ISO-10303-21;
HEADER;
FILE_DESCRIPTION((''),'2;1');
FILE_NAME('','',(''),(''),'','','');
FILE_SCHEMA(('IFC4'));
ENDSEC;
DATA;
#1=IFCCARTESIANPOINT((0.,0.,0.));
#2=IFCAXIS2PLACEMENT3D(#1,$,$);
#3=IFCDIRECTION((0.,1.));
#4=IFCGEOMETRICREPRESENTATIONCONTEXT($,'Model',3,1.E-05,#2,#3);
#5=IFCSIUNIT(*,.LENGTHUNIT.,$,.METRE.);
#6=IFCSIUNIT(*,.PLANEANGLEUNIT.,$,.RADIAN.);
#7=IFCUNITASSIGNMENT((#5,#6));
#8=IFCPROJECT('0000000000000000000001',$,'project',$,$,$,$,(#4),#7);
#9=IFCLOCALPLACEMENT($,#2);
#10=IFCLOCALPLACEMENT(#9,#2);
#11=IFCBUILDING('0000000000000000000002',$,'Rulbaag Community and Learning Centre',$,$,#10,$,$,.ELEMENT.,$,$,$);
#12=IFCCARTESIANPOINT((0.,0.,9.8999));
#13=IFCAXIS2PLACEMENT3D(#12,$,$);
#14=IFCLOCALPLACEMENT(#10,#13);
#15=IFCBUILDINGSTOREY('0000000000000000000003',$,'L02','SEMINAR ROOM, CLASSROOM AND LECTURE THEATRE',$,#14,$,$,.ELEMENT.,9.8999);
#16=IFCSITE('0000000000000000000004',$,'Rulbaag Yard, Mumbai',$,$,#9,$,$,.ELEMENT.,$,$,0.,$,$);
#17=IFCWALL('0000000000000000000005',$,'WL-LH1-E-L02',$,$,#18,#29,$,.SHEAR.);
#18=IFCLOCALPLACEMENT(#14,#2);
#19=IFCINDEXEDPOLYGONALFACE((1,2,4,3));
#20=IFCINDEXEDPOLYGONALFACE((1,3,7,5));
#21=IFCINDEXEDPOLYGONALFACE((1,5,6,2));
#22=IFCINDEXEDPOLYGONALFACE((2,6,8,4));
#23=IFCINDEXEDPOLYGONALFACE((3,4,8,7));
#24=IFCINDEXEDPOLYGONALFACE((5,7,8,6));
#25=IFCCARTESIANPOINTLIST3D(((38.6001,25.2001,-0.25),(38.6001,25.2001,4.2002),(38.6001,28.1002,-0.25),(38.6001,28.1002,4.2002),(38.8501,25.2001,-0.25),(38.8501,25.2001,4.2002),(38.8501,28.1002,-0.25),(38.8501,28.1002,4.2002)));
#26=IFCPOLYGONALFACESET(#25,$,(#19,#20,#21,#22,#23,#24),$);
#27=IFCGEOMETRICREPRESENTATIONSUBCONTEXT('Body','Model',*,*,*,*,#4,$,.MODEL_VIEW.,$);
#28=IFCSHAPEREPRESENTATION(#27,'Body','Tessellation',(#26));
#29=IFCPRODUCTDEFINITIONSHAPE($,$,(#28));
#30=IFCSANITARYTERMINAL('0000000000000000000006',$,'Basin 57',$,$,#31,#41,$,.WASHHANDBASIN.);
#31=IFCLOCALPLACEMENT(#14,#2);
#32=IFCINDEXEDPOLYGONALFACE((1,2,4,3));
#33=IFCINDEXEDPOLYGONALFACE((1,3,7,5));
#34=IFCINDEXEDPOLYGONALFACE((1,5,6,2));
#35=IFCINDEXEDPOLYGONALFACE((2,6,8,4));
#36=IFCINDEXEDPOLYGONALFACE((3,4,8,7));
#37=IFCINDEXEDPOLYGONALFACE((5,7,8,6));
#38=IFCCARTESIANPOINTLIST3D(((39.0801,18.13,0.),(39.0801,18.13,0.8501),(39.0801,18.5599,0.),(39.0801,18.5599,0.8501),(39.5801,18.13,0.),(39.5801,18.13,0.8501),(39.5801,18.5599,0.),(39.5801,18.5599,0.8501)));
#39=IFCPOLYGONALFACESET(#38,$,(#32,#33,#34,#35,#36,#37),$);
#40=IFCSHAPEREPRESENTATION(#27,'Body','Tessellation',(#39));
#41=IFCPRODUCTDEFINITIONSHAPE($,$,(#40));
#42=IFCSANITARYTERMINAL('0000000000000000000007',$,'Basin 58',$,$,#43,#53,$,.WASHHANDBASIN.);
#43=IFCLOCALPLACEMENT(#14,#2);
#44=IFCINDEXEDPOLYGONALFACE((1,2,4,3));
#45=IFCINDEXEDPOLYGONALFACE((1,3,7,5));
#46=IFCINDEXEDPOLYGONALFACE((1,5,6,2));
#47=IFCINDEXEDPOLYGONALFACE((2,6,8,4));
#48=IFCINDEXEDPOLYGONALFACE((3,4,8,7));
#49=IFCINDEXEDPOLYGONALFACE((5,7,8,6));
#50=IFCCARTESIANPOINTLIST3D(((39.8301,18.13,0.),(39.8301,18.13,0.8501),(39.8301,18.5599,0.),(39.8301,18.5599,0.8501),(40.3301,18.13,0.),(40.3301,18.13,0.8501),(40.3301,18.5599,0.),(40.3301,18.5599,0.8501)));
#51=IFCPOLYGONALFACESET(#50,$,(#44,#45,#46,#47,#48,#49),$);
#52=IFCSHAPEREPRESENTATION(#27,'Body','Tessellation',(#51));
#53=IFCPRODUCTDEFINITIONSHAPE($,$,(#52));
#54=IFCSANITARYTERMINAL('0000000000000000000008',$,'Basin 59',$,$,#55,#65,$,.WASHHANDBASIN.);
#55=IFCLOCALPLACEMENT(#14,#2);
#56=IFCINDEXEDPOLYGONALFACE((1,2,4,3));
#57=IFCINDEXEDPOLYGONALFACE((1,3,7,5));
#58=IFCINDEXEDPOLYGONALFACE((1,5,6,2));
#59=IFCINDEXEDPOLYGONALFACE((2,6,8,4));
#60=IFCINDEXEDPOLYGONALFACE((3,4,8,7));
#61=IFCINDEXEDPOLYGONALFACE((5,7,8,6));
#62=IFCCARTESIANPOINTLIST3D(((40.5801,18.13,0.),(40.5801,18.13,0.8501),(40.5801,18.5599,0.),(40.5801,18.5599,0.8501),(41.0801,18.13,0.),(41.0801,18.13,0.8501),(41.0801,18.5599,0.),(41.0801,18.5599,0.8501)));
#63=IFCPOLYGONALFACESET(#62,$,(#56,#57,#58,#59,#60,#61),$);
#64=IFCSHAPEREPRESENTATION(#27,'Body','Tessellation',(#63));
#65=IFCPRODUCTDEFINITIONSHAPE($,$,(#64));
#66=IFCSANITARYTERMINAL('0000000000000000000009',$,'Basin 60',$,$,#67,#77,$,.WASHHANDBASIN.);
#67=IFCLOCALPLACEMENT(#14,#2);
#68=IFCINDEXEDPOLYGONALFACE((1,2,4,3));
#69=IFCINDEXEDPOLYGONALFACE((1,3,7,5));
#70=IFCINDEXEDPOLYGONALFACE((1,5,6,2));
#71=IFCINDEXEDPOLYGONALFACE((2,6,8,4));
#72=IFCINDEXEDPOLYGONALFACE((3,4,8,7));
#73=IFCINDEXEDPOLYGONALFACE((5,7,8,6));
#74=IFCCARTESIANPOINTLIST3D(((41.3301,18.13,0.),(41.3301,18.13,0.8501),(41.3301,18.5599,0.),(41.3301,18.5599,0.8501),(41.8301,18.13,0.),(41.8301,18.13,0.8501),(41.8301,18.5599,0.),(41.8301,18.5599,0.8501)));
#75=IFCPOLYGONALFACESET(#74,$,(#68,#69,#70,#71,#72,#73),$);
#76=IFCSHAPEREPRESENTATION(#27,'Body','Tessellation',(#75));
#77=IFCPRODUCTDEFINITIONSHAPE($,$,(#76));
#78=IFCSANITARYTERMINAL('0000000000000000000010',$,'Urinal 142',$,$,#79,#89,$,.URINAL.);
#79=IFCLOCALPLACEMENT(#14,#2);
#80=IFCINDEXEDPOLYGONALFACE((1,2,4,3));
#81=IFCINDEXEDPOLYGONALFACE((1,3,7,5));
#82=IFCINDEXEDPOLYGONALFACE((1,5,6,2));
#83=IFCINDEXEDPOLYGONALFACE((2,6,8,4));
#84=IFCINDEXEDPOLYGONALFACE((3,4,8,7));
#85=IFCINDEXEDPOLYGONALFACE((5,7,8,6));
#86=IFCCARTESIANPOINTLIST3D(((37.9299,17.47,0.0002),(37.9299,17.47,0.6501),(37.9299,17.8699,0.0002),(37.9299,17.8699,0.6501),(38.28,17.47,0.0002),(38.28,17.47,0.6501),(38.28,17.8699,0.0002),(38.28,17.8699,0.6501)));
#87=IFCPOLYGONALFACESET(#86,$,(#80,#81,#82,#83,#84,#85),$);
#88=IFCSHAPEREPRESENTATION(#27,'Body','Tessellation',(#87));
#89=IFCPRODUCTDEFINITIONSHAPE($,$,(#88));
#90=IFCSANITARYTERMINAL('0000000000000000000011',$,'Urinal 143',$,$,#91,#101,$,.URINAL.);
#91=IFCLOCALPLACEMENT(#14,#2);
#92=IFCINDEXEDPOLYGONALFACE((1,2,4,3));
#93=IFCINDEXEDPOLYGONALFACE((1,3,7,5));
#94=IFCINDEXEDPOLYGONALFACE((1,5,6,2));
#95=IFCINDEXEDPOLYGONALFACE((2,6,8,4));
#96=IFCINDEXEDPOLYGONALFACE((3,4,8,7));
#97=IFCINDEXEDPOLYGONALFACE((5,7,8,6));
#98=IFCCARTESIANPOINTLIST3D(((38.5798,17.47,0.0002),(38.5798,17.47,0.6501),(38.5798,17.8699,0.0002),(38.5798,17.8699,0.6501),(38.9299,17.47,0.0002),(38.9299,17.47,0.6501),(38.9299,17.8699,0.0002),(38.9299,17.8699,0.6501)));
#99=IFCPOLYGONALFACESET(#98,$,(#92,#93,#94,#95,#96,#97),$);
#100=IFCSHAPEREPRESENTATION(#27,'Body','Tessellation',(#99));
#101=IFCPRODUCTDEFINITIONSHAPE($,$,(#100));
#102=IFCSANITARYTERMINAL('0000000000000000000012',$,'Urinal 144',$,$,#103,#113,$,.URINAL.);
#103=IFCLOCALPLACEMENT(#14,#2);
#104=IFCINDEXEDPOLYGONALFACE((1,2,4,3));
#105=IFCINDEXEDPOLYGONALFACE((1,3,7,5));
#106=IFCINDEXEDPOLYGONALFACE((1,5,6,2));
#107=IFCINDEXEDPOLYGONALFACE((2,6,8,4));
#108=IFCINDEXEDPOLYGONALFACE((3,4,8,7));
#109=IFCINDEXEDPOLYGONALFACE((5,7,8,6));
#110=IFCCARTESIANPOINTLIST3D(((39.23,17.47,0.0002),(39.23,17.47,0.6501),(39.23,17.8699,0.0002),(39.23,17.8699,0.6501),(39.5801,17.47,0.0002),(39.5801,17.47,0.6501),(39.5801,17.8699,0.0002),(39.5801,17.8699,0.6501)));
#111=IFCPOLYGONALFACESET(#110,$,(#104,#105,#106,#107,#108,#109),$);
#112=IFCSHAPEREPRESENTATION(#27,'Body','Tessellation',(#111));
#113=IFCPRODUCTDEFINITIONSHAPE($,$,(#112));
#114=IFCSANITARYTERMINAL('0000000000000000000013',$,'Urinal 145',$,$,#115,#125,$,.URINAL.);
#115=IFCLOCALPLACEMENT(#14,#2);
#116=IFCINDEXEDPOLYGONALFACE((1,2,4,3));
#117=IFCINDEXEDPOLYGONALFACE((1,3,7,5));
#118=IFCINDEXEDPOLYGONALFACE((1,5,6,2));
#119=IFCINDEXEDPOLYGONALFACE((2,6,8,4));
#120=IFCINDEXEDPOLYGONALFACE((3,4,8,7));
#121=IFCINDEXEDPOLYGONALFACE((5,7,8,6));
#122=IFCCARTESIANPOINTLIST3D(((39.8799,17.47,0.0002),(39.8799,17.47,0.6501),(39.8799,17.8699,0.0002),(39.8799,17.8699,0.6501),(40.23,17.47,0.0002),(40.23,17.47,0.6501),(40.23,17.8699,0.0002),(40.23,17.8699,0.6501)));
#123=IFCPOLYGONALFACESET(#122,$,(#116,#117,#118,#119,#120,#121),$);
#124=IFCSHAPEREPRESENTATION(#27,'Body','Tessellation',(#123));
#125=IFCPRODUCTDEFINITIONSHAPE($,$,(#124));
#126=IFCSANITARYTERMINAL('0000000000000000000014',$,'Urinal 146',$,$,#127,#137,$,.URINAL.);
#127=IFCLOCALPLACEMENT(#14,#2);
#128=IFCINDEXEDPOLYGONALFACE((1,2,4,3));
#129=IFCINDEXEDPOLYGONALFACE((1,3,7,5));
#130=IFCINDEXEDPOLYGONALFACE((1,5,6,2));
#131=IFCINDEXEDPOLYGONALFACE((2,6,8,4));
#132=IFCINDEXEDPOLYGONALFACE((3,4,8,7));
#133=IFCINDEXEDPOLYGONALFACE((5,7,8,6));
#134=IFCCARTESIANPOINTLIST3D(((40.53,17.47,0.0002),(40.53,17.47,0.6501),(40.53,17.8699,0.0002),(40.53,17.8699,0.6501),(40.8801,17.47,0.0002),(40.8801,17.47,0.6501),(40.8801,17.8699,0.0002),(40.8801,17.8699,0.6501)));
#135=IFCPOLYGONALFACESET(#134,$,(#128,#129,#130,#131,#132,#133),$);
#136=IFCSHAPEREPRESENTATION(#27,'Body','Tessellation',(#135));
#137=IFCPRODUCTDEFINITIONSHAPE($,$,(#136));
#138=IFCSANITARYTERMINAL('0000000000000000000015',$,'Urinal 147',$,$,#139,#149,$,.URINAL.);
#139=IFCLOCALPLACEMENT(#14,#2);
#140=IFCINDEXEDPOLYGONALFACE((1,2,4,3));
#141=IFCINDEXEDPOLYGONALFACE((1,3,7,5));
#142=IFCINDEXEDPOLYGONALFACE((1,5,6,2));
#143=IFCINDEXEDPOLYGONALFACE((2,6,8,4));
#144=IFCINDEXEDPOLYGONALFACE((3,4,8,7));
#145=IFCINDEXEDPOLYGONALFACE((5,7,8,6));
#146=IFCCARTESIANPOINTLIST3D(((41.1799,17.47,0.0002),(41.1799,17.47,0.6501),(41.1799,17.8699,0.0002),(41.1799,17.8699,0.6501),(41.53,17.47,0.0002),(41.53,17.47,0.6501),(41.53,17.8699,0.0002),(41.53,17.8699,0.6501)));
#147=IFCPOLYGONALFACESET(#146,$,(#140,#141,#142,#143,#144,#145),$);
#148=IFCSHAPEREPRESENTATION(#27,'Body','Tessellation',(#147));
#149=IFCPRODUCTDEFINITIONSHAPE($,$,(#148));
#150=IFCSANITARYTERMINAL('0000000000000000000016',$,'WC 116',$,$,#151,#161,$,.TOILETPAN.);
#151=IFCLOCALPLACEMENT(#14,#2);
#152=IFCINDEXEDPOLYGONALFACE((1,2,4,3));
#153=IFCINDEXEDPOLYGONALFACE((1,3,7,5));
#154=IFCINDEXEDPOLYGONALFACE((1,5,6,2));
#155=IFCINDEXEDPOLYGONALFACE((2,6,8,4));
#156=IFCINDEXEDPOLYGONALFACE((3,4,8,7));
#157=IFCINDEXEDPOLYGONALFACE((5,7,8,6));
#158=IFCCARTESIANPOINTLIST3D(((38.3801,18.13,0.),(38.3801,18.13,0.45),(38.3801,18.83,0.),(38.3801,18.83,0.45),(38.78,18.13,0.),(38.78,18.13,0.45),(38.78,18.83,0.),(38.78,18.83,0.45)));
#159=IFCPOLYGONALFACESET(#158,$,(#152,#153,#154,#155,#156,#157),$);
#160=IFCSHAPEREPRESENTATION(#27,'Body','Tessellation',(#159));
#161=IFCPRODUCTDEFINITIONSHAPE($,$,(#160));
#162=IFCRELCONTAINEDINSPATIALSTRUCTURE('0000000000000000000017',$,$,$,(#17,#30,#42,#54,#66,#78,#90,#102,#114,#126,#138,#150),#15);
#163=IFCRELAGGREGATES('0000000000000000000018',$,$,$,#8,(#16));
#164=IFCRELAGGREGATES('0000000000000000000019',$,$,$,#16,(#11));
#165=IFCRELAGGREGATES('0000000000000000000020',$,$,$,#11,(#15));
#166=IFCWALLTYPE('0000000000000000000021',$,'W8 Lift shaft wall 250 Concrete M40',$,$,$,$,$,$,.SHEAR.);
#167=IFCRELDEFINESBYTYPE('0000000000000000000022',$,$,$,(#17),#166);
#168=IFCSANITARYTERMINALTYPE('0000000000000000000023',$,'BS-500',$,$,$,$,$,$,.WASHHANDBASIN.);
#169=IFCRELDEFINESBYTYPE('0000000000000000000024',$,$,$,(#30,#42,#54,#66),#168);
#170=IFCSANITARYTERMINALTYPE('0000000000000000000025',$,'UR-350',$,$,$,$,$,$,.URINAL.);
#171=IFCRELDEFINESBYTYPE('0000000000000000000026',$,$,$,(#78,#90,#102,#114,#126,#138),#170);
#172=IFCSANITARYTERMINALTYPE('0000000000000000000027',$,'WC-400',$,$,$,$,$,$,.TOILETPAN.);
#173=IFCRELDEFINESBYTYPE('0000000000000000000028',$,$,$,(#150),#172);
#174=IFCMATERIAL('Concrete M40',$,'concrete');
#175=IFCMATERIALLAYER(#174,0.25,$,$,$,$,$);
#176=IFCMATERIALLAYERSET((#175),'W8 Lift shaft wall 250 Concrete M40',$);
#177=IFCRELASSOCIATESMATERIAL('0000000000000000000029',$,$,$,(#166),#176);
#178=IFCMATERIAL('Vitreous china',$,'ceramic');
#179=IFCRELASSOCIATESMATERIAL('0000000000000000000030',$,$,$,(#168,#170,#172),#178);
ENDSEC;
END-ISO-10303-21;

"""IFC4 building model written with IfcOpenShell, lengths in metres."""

from ifc_helpers import new_model, si_unit, direction, frame, frame_2d, origin, origin_2d, place, context, subcontext, project, spatial, rectangle, extrude, material, layer, layer_set, type_object, element, save


model = new_model("IFC4")

# Units and contexts
model_context = context("Model", 3, precision=1e-05, world=origin(), true_north=direction((0.0, 1.0)))
body_context = subcontext(model_context, "Body", "Model", "MODEL_VIEW")
ifc_project = project(units=[si_unit("LENGTHUNIT", "METRE"), si_unit("PLANEANGLEUNIT", "RADIAN")], contexts=[model_context])

# Site, building, storey
site_placement = place(None, origin())
site = spatial("IfcSite", under=ifc_project, at=site_placement, Name="Rulbaag Yard, Mumbai", CompositionType="ELEMENT", RefElevation=0.0)
building_placement = place(site_placement, origin())
building = spatial("IfcBuilding", under=site, at=building_placement, Name="Rulbaag Community and Learning Centre", CompositionType="ELEMENT")
storey_placement = place(building_placement, frame((0.0, 0.0, 9.8999)))
storey = spatial("IfcBuildingStorey", under=building, at=storey_placement, Name="L02", Description="SEMINAR ROOM, CLASSROOM AND LECTURE THEATRE", CompositionType="ELEMENT", Elevation=9.8999)

# Shared definitions
ifc_material_1 = material(Name="Concrete M40", Category="concrete")

# Wall
ifc_layer_1 = layer(ifc_material_1, 0.25)
ifc_layer_set_1 = layer_set([ifc_layer_1], Name="W8 Lift shaft wall 250 Concrete M40")
wall_type_1 = type_object("IfcWallType", Name="W8 Lift shaft wall 250 Concrete M40", PredefinedType="SHEAR", material=ifc_layer_set_1)
wall_1_placement = place(storey_placement, frame((38.7251, 25.2, -0.25), z_axis=(0.0, 0.0, 1.0), x_axis=(0.0, 1.0, 0.0)))
element("IfcWall", 1, at=wall_1_placement, inside=storey, type_object=wall_type_1, Name="WL-LH1-E-L02", PredefinedType="SHEAR", context=body_context, shape_type="SweptSolid", body=[
    extrude(rectangle(XDim=2.9001, YDim=0.25, at=frame_2d((1.4502, 0.0))), origin(), (0.0, 0.0, 1.0), 4.4502),
])

# Sanitary terminals
ifc_material_2 = material(Name="Vitreous china", Category="ceramic")
sanitary_terminal_type_1 = type_object("IfcSanitaryTerminalType", Name="BS-500", PredefinedType="WASHHANDBASIN", material=ifc_material_2)
for number, where, z_axis, x_axis, name in (
    (2, (39.3301, 18.345, 0.0), (0.0, 0.0, 1.0), (1.0, 0.0, 0.0), "Basin 57"),
    (3, (40.0801, 18.345, 0.0), (0.0, 0.0, 1.0), (1.0, 0.0, 0.0), "Basin 58"),
    (4, (40.8301, 18.345, 0.0), (0.0, 0.0, 1.0), (1.0, 0.0, 0.0), "Basin 59"),
    (5, (41.5801, 18.345, 0.0), (0.0, 0.0, 1.0), (1.0, 0.0, 0.0), "Basin 60"),
):
    element("IfcSanitaryTerminal", number, at=place(storey_placement, frame(where, z_axis=z_axis, x_axis=x_axis)), inside=storey, type_object=sanitary_terminal_type_1, Name=name, PredefinedType="WASHHANDBASIN", context=body_context, shape_type="SweptSolid", body=[
        extrude(rectangle(XDim=0.5, YDim=0.4299, at=origin_2d()), origin(), (0.0, 0.0, 1.0), 0.8501),
    ])
sanitary_terminal_type_2 = type_object("IfcSanitaryTerminalType", Name="UR-350", PredefinedType="URINAL", material=ifc_material_2)
for number, where, z_axis, x_axis, name in (
    (6, (38.105, 17.6699, 0.0002), (0.0, 0.0, 1.0), (1.0, 0.0, 0.0), "Urinal 142"),
    (7, (38.7549, 17.6699, 0.0002), (0.0, 0.0, 1.0), (1.0, 0.0, 0.0), "Urinal 143"),
    (8, (39.405, 17.6699, 0.0002), (0.0, 0.0, 1.0), (1.0, 0.0, 0.0), "Urinal 144"),
    (9, (40.0549, 17.6699, 0.0002), (0.0, 0.0, 1.0), (1.0, 0.0, 0.0), "Urinal 145"),
    (10, (40.7051, 17.6699, 0.0002), (0.0, 0.0, 1.0), (1.0, 0.0, 0.0), "Urinal 146"),
    (11, (41.355, 17.6699, 0.0002), (0.0, 0.0, 1.0), (1.0, 0.0, 0.0), "Urinal 147"),
):
    element("IfcSanitaryTerminal", number, at=place(storey_placement, frame(where, z_axis=z_axis, x_axis=x_axis)), inside=storey, type_object=sanitary_terminal_type_2, Name=name, PredefinedType="URINAL", context=body_context, shape_type="SweptSolid", body=[
        extrude(rectangle(XDim=0.3501, YDim=0.3999, at=origin_2d()), origin(), (0.0, 0.0, 1.0), 0.6499),
    ])
sanitary_terminal_type_3 = type_object("IfcSanitaryTerminalType", Name="WC-400", PredefinedType="TOILETPAN", material=ifc_material_2)
sanitary_terminal_placement = place(storey_placement, frame((38.5801, 18.48, 0.0), z_axis=(0.0, 0.0, 1.0), x_axis=(1.0, 0.0, 0.0)))
element("IfcSanitaryTerminal", 12, at=sanitary_terminal_placement, inside=storey, type_object=sanitary_terminal_type_3, Name="WC 116", PredefinedType="TOILETPAN", context=body_context, shape_type="SweptSolid", body=[
    extrude(rectangle(XDim=0.3999, YDim=0.7, at=origin_2d()), origin(), (0.0, 0.0, 1.0), 0.45),
])

save(model, "model.ifc")
